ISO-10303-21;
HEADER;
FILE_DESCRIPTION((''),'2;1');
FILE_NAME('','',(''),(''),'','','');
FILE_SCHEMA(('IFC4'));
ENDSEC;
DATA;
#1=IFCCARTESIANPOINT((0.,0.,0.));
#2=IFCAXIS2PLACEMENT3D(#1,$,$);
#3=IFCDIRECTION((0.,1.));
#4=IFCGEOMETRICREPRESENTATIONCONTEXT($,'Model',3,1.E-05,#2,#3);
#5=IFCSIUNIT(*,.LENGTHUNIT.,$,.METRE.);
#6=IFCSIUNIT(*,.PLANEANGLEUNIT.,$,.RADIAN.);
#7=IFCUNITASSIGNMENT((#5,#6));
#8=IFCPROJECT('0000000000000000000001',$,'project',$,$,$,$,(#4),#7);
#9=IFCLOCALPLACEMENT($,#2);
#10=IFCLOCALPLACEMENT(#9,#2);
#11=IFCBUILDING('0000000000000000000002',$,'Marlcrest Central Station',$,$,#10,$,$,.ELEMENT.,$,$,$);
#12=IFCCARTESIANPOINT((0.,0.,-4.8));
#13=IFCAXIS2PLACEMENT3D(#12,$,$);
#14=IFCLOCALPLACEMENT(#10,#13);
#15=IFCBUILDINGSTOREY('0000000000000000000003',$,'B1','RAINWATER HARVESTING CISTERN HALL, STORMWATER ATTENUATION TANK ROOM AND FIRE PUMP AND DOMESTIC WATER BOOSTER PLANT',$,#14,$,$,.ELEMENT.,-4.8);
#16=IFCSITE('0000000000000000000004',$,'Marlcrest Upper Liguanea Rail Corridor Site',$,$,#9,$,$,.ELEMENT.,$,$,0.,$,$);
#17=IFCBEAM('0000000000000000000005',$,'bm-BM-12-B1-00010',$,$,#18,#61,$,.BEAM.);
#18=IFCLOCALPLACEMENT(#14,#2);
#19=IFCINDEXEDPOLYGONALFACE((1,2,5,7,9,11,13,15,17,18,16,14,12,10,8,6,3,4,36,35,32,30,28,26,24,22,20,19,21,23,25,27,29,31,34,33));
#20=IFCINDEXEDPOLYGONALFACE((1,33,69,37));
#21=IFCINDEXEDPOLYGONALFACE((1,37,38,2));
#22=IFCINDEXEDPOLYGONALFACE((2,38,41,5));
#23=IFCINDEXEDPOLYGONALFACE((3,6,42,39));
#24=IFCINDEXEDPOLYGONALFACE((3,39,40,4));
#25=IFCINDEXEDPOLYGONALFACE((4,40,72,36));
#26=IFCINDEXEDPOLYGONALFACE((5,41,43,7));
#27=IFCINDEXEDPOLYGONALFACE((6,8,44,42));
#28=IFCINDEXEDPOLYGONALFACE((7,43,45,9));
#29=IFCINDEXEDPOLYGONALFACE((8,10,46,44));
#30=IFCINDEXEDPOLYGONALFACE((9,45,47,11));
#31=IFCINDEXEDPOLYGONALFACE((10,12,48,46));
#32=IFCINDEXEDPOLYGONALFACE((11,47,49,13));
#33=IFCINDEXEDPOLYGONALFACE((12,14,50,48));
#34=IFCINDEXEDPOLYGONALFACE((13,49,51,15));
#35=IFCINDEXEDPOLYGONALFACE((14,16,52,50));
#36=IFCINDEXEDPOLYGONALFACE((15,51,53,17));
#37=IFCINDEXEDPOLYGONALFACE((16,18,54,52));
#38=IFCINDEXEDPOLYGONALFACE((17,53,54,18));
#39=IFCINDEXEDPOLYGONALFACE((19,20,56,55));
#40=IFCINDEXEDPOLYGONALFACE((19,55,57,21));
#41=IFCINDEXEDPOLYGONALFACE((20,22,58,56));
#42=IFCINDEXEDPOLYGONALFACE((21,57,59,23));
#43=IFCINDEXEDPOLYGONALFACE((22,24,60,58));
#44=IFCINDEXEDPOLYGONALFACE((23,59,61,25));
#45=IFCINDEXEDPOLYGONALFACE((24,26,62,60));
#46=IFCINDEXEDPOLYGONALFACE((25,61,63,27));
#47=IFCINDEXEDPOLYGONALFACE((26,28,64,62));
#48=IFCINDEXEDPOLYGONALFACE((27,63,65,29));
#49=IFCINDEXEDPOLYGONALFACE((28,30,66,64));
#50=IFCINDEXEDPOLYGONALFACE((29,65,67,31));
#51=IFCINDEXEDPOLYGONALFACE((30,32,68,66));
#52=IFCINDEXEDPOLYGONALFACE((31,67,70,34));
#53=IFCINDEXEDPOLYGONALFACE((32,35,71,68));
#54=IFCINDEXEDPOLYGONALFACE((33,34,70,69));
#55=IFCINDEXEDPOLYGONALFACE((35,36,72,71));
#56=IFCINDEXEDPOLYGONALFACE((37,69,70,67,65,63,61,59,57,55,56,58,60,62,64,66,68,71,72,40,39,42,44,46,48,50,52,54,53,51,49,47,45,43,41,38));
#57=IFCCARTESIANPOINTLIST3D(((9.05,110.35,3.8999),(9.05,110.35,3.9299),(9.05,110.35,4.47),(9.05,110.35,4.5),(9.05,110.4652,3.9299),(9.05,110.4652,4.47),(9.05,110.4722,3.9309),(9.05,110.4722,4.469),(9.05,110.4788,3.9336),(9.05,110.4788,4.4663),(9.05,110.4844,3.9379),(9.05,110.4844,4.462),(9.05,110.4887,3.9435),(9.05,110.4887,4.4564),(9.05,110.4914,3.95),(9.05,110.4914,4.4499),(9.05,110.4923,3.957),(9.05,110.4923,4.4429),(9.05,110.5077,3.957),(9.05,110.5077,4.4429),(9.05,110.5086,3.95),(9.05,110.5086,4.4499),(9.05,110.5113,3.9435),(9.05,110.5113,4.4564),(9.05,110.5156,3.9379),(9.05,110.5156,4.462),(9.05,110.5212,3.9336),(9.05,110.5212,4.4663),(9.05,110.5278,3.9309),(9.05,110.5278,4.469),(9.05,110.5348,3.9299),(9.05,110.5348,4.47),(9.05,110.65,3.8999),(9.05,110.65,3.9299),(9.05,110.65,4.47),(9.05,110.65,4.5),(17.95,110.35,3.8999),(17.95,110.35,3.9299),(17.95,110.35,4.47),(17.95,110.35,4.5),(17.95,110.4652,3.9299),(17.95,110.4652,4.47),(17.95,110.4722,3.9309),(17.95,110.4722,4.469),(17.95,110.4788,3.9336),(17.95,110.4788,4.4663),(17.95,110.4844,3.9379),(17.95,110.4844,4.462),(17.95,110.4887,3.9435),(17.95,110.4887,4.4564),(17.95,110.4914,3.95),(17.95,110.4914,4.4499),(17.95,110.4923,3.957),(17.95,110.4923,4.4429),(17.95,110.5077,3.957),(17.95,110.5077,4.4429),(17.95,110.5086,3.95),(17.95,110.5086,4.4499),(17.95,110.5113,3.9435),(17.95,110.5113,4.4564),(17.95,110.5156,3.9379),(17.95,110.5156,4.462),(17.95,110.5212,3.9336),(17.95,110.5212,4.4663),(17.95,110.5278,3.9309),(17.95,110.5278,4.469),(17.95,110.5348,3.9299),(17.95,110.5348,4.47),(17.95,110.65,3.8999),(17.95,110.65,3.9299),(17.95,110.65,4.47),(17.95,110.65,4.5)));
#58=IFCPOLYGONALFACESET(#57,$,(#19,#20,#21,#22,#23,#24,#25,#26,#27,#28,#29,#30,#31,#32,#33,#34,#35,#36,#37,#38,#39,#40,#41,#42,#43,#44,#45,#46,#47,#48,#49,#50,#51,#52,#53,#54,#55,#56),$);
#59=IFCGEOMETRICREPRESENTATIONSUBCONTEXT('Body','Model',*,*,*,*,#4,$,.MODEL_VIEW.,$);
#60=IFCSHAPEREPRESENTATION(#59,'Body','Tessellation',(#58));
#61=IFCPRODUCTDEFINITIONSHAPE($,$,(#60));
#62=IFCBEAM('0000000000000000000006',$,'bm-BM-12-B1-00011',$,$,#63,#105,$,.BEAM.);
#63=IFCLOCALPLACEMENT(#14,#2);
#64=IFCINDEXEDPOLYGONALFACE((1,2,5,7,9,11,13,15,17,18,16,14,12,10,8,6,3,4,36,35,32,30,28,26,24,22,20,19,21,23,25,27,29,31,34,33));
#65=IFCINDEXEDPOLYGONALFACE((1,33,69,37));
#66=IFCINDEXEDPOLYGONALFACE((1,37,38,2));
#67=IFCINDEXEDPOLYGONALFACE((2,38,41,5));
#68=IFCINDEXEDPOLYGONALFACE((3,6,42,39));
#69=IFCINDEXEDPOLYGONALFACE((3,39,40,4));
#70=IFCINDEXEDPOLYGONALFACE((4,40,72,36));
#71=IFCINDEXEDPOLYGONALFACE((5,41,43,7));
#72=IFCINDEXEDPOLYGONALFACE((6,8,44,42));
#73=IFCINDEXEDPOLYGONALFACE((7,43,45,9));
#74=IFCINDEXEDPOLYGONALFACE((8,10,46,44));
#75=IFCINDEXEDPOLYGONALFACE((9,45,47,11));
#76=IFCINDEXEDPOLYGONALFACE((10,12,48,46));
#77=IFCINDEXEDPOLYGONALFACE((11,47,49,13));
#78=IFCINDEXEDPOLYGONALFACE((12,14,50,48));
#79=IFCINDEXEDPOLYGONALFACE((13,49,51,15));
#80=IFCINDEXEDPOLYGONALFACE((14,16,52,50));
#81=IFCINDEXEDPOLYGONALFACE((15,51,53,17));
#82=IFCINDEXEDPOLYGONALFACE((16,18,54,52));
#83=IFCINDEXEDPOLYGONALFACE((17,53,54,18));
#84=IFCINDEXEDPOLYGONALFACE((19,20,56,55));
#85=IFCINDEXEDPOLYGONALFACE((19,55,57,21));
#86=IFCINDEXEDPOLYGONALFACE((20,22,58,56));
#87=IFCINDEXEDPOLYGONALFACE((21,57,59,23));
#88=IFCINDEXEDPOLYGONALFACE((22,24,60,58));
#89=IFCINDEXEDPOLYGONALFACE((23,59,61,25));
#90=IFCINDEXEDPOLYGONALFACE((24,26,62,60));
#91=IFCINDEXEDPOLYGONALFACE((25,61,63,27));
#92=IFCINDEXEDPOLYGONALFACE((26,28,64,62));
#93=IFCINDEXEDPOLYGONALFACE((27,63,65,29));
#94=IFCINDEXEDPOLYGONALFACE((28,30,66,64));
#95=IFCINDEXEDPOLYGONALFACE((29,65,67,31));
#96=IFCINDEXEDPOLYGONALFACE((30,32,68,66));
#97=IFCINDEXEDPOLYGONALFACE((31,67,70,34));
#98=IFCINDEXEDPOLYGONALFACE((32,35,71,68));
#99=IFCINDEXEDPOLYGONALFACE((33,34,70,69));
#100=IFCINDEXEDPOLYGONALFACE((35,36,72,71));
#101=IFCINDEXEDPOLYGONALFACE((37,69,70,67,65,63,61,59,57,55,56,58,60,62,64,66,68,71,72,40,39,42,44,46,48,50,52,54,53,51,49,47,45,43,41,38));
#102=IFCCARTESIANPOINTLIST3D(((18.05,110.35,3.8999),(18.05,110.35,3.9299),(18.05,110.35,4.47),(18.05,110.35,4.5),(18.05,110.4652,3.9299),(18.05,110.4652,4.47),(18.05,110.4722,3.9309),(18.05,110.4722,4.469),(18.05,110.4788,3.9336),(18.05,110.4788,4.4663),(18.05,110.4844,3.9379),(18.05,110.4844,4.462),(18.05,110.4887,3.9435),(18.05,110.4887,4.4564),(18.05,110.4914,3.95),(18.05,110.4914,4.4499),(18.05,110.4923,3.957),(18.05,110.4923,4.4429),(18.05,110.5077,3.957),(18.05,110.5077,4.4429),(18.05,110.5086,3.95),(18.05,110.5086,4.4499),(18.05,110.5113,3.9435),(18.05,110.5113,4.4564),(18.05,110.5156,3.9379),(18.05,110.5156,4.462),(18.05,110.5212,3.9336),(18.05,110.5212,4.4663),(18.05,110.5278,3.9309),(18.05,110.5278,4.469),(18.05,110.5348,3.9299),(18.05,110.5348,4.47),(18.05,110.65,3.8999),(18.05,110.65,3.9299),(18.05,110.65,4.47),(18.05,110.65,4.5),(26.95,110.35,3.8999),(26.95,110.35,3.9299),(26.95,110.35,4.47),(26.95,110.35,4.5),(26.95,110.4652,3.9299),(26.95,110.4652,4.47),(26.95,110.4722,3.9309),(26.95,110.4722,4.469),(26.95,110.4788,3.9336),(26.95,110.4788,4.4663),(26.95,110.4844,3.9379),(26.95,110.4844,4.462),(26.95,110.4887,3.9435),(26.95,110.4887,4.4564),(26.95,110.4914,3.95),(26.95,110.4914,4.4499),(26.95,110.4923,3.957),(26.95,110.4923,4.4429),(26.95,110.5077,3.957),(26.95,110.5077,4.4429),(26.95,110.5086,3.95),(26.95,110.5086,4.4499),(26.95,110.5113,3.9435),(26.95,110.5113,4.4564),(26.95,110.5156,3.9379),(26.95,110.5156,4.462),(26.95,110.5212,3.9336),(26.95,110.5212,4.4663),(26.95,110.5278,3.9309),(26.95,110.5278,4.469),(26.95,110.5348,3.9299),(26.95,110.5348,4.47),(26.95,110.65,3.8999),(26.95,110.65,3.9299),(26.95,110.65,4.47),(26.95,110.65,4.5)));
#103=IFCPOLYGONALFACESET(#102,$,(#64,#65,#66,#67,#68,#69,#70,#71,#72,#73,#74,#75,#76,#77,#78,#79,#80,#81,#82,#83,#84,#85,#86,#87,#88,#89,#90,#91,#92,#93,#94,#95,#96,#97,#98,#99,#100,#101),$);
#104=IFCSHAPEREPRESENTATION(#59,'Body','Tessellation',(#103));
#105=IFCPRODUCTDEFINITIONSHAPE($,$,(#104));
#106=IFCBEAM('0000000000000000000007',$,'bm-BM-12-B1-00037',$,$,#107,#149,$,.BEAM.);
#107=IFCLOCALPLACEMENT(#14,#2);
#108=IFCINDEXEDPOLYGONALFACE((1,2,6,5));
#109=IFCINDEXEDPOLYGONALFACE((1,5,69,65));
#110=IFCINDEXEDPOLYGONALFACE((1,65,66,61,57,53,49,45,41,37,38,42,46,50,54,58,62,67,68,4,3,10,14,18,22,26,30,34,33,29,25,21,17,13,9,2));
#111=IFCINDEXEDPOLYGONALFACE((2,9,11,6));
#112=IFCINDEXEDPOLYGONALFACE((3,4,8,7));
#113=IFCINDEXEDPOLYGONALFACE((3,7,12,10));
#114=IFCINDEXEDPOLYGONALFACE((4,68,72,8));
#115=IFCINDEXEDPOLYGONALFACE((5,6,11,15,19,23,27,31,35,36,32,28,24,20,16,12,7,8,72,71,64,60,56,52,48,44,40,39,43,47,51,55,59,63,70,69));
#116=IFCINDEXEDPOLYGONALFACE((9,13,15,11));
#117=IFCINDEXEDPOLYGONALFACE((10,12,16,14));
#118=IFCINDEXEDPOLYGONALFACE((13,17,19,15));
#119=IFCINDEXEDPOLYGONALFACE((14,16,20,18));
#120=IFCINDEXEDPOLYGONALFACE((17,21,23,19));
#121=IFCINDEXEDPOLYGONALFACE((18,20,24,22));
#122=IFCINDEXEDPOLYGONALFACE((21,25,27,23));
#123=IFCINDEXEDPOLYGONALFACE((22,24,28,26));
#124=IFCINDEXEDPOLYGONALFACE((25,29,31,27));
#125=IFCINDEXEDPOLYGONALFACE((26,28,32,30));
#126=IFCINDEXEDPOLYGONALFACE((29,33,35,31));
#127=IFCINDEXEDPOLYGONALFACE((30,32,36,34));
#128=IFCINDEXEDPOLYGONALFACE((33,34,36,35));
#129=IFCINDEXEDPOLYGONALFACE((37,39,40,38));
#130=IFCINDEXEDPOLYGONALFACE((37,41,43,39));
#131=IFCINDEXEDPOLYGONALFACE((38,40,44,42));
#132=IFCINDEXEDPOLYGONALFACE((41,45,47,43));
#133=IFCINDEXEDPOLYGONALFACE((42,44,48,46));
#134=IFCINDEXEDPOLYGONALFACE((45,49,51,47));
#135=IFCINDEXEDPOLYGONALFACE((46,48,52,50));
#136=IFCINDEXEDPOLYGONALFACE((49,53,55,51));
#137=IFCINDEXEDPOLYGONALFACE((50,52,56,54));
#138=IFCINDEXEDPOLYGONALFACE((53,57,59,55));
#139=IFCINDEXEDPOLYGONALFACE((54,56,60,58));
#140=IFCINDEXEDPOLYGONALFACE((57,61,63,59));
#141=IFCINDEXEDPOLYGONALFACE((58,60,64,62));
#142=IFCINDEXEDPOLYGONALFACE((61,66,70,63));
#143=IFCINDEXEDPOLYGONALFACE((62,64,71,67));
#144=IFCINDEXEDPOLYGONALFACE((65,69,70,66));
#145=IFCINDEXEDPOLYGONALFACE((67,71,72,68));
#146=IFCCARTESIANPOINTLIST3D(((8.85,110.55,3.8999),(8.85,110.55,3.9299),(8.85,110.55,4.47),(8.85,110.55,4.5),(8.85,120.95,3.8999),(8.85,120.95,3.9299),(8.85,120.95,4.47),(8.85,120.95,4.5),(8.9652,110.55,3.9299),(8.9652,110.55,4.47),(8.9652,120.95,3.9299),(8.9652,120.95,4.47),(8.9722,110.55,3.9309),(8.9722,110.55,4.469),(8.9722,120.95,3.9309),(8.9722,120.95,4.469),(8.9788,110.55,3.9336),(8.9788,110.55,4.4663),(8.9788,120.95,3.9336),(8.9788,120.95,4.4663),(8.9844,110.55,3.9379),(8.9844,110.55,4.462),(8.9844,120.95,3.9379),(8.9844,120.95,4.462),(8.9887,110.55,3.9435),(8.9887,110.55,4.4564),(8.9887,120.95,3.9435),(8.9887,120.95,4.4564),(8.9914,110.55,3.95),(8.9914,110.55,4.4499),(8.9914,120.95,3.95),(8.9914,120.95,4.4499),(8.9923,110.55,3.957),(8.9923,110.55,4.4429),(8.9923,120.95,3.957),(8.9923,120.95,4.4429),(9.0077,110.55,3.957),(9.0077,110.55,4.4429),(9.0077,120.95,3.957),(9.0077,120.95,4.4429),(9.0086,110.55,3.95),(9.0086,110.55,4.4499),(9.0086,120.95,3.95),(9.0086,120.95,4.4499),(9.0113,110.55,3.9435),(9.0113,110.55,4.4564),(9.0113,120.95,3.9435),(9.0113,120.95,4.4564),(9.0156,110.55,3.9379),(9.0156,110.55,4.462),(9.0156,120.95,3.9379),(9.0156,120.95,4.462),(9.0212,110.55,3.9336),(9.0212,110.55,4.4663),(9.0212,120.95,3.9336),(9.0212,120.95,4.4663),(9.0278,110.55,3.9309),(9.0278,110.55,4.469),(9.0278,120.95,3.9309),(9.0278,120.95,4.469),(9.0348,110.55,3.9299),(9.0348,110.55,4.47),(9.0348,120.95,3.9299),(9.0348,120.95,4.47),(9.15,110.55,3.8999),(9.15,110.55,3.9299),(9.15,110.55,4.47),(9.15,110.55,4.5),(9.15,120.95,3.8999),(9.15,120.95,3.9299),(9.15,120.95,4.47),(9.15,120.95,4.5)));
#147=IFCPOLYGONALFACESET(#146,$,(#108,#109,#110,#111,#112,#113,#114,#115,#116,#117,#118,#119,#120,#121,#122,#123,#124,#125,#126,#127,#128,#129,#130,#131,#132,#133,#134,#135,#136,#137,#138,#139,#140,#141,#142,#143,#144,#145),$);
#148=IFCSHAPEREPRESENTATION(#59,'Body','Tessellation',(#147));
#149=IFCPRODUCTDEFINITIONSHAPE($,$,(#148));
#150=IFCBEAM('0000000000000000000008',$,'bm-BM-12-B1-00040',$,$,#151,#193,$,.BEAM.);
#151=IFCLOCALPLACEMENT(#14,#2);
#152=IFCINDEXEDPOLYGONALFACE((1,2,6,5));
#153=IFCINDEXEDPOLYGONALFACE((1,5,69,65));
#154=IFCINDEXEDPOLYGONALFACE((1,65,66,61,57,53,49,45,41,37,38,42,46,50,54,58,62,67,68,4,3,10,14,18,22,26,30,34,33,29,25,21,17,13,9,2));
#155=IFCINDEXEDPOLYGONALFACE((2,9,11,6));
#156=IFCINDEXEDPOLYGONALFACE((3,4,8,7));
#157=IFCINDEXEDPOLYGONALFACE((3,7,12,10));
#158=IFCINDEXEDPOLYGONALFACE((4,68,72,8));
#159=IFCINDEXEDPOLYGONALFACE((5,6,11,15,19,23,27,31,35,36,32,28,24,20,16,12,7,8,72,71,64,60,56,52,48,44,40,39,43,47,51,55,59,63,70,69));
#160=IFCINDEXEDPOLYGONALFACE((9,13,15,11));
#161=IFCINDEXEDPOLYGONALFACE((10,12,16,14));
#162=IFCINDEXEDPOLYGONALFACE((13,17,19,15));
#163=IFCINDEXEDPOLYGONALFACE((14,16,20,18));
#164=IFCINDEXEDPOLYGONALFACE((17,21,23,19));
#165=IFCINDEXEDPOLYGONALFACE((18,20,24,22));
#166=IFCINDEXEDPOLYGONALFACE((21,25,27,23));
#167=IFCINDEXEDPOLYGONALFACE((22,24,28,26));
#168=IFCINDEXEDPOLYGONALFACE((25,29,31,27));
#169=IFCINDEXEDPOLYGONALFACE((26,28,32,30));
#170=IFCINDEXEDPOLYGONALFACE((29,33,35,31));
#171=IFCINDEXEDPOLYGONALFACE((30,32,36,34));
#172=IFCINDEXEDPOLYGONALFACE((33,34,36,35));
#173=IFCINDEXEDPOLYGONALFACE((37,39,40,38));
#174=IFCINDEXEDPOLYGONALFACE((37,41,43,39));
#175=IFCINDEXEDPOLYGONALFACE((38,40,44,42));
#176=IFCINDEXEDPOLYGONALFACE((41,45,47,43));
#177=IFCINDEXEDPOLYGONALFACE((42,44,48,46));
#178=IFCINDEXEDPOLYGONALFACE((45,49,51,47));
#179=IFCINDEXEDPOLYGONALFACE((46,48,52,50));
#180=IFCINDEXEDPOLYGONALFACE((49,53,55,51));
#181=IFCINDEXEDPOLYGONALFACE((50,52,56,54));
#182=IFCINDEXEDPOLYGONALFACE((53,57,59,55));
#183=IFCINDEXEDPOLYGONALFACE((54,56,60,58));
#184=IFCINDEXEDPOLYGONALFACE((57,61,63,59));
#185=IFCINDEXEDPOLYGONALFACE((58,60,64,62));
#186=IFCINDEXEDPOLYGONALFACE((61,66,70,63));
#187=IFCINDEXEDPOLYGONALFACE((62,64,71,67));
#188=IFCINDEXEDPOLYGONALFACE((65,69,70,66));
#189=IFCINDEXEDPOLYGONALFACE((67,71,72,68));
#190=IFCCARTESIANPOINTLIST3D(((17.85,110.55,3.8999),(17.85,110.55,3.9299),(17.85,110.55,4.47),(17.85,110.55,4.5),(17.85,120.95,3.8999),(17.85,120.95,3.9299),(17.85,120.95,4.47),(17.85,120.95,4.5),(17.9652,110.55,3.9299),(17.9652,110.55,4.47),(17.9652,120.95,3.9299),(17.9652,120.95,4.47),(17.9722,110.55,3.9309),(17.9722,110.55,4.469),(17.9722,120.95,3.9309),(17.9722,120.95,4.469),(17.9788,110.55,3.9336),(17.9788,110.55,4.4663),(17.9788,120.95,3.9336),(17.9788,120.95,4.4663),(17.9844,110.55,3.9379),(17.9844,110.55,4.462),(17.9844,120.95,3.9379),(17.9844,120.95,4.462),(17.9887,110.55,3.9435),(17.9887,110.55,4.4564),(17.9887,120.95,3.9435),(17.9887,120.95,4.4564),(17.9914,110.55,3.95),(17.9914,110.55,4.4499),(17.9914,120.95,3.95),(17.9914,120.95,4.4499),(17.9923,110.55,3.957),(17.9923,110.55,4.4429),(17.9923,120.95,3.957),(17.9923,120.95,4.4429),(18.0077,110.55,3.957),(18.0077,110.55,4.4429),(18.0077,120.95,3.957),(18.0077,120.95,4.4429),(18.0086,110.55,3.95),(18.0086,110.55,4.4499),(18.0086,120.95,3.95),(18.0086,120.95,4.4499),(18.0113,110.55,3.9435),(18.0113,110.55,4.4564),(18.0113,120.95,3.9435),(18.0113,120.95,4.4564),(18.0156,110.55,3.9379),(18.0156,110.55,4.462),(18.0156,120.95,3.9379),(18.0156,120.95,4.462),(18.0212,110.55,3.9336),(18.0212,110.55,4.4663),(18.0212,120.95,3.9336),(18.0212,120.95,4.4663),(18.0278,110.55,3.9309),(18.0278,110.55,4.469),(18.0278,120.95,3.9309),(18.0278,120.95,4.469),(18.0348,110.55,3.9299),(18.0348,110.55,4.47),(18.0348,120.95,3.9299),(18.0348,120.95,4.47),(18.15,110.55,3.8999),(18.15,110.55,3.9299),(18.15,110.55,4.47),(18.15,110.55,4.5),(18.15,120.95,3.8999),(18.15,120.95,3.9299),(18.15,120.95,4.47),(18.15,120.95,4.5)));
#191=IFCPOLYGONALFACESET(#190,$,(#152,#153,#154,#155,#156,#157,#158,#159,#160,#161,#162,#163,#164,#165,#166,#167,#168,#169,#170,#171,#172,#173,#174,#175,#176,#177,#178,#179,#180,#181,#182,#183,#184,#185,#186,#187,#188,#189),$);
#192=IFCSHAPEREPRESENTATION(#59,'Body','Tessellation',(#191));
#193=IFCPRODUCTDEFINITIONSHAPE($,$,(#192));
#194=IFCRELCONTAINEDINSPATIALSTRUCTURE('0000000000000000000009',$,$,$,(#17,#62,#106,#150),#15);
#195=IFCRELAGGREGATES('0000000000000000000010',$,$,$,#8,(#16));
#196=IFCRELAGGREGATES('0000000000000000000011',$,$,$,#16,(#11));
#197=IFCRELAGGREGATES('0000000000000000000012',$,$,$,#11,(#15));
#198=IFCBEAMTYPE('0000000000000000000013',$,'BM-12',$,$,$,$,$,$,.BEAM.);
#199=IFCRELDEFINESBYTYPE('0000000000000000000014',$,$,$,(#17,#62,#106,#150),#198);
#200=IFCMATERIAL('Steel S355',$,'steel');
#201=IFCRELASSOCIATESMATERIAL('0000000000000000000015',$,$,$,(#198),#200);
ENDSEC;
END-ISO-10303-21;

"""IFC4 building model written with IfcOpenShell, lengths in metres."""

from ifc_helpers import new_model, si_unit, direction, frame, origin, origin_2d, place, context, subcontext, project, spatial, i_section, extrude, material, material_profile, profile_set, type_object, element, save


model = new_model("IFC4")

# Units and contexts
model_context = context("Model", 3, precision=1e-05, world=origin(), true_north=direction((0.0, 1.0)))
body_context = subcontext(model_context, "Body", "Model", "MODEL_VIEW")
ifc_project = project(units=[si_unit("LENGTHUNIT", "METRE"), si_unit("PLANEANGLEUNIT", "RADIAN")], contexts=[model_context])

# Site, building, storey
site_placement = place(None, origin())
site = spatial("IfcSite", under=ifc_project, at=site_placement, Name="Marlcrest Upper Liguanea Rail Corridor Site", CompositionType="ELEMENT", RefElevation=0.0)
building_placement = place(site_placement, origin())
building = spatial("IfcBuilding", under=site, at=building_placement, Name="Marlcrest Central Station", CompositionType="ELEMENT")
storey_placement = place(building_placement, frame((0.0, 0.0, -4.8)))
storey = spatial("IfcBuildingStorey", under=building, at=storey_placement, Name="B1", Description="RAINWATER HARVESTING CISTERN HALL, STORMWATER ATTENUATION TANK ROOM AND FIRE PUMP AND DOMESTIC WATER BOOSTER PLANT", CompositionType="ELEMENT", Elevation=-4.8)

# Shared definitions
ifc_material_1 = material(Name="Steel S355", Category="steel")

# Beams
ifc_material_profile_1 = material_profile(ifc_material_1, i_section(OverallWidth=0.3, OverallDepth=0.6001, WebThickness=0.0154, FlangeThickness=0.03, FilletRadius=0.0271, at=origin_2d()), Name="HEB 600")
ifc_profile_set_1 = profile_set([ifc_material_profile_1], Name="Steel S355")
beam_type_1 = type_object("IfcBeamType", Name="BM-12", PredefinedType="BEAM", material=ifc_profile_set_1)
for number, where, z_axis, x_axis, name in (
    (1, (9.05, 110.5, 4.2), (1.0, 0.0, 0.0), (0.0, 1.0, 0.0), "bm-BM-12-B1-00010"),
    (2, (18.05, 110.5, 4.2), (1.0, 0.0, 0.0), (0.0, 1.0, 0.0), "bm-BM-12-B1-00011"),
):
    element("IfcBeam", number, at=place(storey_placement, frame(where, z_axis=z_axis, x_axis=x_axis)), inside=storey, type_object=beam_type_1, Name=name, PredefinedType="BEAM", context=body_context, shape_type="SweptSolid", body=[
        extrude(i_section(OverallWidth=0.3, OverallDepth=0.6001, WebThickness=0.0154, FlangeThickness=0.03, FilletRadius=0.0271, at=origin_2d()), origin(), (0.0, 0.0, 1.0), 8.8999),
    ])
for number, where, z_axis, x_axis, name in (
    (3, (9.0, 110.55, 4.2), (0.0, 1.0, 0.0), (-1.0, 0.0, 0.0), "bm-BM-12-B1-00037"),
    (4, (18.0, 110.55, 4.2), (0.0, 1.0, 0.0), (-1.0, 0.0, 0.0), "bm-BM-12-B1-00040"),
):
    element("IfcBeam", number, at=place(storey_placement, frame(where, z_axis=z_axis, x_axis=x_axis)), inside=storey, type_object=beam_type_1, Name=name, PredefinedType="BEAM", context=body_context, shape_type="SweptSolid", body=[
        extrude(i_section(OverallWidth=0.3, OverallDepth=0.6001, WebThickness=0.0154, FlangeThickness=0.03, FilletRadius=0.0271, at=origin_2d()), origin(), (0.0, 0.0, 1.0), 10.3999),
    ])

save(model, "model.ifc")
